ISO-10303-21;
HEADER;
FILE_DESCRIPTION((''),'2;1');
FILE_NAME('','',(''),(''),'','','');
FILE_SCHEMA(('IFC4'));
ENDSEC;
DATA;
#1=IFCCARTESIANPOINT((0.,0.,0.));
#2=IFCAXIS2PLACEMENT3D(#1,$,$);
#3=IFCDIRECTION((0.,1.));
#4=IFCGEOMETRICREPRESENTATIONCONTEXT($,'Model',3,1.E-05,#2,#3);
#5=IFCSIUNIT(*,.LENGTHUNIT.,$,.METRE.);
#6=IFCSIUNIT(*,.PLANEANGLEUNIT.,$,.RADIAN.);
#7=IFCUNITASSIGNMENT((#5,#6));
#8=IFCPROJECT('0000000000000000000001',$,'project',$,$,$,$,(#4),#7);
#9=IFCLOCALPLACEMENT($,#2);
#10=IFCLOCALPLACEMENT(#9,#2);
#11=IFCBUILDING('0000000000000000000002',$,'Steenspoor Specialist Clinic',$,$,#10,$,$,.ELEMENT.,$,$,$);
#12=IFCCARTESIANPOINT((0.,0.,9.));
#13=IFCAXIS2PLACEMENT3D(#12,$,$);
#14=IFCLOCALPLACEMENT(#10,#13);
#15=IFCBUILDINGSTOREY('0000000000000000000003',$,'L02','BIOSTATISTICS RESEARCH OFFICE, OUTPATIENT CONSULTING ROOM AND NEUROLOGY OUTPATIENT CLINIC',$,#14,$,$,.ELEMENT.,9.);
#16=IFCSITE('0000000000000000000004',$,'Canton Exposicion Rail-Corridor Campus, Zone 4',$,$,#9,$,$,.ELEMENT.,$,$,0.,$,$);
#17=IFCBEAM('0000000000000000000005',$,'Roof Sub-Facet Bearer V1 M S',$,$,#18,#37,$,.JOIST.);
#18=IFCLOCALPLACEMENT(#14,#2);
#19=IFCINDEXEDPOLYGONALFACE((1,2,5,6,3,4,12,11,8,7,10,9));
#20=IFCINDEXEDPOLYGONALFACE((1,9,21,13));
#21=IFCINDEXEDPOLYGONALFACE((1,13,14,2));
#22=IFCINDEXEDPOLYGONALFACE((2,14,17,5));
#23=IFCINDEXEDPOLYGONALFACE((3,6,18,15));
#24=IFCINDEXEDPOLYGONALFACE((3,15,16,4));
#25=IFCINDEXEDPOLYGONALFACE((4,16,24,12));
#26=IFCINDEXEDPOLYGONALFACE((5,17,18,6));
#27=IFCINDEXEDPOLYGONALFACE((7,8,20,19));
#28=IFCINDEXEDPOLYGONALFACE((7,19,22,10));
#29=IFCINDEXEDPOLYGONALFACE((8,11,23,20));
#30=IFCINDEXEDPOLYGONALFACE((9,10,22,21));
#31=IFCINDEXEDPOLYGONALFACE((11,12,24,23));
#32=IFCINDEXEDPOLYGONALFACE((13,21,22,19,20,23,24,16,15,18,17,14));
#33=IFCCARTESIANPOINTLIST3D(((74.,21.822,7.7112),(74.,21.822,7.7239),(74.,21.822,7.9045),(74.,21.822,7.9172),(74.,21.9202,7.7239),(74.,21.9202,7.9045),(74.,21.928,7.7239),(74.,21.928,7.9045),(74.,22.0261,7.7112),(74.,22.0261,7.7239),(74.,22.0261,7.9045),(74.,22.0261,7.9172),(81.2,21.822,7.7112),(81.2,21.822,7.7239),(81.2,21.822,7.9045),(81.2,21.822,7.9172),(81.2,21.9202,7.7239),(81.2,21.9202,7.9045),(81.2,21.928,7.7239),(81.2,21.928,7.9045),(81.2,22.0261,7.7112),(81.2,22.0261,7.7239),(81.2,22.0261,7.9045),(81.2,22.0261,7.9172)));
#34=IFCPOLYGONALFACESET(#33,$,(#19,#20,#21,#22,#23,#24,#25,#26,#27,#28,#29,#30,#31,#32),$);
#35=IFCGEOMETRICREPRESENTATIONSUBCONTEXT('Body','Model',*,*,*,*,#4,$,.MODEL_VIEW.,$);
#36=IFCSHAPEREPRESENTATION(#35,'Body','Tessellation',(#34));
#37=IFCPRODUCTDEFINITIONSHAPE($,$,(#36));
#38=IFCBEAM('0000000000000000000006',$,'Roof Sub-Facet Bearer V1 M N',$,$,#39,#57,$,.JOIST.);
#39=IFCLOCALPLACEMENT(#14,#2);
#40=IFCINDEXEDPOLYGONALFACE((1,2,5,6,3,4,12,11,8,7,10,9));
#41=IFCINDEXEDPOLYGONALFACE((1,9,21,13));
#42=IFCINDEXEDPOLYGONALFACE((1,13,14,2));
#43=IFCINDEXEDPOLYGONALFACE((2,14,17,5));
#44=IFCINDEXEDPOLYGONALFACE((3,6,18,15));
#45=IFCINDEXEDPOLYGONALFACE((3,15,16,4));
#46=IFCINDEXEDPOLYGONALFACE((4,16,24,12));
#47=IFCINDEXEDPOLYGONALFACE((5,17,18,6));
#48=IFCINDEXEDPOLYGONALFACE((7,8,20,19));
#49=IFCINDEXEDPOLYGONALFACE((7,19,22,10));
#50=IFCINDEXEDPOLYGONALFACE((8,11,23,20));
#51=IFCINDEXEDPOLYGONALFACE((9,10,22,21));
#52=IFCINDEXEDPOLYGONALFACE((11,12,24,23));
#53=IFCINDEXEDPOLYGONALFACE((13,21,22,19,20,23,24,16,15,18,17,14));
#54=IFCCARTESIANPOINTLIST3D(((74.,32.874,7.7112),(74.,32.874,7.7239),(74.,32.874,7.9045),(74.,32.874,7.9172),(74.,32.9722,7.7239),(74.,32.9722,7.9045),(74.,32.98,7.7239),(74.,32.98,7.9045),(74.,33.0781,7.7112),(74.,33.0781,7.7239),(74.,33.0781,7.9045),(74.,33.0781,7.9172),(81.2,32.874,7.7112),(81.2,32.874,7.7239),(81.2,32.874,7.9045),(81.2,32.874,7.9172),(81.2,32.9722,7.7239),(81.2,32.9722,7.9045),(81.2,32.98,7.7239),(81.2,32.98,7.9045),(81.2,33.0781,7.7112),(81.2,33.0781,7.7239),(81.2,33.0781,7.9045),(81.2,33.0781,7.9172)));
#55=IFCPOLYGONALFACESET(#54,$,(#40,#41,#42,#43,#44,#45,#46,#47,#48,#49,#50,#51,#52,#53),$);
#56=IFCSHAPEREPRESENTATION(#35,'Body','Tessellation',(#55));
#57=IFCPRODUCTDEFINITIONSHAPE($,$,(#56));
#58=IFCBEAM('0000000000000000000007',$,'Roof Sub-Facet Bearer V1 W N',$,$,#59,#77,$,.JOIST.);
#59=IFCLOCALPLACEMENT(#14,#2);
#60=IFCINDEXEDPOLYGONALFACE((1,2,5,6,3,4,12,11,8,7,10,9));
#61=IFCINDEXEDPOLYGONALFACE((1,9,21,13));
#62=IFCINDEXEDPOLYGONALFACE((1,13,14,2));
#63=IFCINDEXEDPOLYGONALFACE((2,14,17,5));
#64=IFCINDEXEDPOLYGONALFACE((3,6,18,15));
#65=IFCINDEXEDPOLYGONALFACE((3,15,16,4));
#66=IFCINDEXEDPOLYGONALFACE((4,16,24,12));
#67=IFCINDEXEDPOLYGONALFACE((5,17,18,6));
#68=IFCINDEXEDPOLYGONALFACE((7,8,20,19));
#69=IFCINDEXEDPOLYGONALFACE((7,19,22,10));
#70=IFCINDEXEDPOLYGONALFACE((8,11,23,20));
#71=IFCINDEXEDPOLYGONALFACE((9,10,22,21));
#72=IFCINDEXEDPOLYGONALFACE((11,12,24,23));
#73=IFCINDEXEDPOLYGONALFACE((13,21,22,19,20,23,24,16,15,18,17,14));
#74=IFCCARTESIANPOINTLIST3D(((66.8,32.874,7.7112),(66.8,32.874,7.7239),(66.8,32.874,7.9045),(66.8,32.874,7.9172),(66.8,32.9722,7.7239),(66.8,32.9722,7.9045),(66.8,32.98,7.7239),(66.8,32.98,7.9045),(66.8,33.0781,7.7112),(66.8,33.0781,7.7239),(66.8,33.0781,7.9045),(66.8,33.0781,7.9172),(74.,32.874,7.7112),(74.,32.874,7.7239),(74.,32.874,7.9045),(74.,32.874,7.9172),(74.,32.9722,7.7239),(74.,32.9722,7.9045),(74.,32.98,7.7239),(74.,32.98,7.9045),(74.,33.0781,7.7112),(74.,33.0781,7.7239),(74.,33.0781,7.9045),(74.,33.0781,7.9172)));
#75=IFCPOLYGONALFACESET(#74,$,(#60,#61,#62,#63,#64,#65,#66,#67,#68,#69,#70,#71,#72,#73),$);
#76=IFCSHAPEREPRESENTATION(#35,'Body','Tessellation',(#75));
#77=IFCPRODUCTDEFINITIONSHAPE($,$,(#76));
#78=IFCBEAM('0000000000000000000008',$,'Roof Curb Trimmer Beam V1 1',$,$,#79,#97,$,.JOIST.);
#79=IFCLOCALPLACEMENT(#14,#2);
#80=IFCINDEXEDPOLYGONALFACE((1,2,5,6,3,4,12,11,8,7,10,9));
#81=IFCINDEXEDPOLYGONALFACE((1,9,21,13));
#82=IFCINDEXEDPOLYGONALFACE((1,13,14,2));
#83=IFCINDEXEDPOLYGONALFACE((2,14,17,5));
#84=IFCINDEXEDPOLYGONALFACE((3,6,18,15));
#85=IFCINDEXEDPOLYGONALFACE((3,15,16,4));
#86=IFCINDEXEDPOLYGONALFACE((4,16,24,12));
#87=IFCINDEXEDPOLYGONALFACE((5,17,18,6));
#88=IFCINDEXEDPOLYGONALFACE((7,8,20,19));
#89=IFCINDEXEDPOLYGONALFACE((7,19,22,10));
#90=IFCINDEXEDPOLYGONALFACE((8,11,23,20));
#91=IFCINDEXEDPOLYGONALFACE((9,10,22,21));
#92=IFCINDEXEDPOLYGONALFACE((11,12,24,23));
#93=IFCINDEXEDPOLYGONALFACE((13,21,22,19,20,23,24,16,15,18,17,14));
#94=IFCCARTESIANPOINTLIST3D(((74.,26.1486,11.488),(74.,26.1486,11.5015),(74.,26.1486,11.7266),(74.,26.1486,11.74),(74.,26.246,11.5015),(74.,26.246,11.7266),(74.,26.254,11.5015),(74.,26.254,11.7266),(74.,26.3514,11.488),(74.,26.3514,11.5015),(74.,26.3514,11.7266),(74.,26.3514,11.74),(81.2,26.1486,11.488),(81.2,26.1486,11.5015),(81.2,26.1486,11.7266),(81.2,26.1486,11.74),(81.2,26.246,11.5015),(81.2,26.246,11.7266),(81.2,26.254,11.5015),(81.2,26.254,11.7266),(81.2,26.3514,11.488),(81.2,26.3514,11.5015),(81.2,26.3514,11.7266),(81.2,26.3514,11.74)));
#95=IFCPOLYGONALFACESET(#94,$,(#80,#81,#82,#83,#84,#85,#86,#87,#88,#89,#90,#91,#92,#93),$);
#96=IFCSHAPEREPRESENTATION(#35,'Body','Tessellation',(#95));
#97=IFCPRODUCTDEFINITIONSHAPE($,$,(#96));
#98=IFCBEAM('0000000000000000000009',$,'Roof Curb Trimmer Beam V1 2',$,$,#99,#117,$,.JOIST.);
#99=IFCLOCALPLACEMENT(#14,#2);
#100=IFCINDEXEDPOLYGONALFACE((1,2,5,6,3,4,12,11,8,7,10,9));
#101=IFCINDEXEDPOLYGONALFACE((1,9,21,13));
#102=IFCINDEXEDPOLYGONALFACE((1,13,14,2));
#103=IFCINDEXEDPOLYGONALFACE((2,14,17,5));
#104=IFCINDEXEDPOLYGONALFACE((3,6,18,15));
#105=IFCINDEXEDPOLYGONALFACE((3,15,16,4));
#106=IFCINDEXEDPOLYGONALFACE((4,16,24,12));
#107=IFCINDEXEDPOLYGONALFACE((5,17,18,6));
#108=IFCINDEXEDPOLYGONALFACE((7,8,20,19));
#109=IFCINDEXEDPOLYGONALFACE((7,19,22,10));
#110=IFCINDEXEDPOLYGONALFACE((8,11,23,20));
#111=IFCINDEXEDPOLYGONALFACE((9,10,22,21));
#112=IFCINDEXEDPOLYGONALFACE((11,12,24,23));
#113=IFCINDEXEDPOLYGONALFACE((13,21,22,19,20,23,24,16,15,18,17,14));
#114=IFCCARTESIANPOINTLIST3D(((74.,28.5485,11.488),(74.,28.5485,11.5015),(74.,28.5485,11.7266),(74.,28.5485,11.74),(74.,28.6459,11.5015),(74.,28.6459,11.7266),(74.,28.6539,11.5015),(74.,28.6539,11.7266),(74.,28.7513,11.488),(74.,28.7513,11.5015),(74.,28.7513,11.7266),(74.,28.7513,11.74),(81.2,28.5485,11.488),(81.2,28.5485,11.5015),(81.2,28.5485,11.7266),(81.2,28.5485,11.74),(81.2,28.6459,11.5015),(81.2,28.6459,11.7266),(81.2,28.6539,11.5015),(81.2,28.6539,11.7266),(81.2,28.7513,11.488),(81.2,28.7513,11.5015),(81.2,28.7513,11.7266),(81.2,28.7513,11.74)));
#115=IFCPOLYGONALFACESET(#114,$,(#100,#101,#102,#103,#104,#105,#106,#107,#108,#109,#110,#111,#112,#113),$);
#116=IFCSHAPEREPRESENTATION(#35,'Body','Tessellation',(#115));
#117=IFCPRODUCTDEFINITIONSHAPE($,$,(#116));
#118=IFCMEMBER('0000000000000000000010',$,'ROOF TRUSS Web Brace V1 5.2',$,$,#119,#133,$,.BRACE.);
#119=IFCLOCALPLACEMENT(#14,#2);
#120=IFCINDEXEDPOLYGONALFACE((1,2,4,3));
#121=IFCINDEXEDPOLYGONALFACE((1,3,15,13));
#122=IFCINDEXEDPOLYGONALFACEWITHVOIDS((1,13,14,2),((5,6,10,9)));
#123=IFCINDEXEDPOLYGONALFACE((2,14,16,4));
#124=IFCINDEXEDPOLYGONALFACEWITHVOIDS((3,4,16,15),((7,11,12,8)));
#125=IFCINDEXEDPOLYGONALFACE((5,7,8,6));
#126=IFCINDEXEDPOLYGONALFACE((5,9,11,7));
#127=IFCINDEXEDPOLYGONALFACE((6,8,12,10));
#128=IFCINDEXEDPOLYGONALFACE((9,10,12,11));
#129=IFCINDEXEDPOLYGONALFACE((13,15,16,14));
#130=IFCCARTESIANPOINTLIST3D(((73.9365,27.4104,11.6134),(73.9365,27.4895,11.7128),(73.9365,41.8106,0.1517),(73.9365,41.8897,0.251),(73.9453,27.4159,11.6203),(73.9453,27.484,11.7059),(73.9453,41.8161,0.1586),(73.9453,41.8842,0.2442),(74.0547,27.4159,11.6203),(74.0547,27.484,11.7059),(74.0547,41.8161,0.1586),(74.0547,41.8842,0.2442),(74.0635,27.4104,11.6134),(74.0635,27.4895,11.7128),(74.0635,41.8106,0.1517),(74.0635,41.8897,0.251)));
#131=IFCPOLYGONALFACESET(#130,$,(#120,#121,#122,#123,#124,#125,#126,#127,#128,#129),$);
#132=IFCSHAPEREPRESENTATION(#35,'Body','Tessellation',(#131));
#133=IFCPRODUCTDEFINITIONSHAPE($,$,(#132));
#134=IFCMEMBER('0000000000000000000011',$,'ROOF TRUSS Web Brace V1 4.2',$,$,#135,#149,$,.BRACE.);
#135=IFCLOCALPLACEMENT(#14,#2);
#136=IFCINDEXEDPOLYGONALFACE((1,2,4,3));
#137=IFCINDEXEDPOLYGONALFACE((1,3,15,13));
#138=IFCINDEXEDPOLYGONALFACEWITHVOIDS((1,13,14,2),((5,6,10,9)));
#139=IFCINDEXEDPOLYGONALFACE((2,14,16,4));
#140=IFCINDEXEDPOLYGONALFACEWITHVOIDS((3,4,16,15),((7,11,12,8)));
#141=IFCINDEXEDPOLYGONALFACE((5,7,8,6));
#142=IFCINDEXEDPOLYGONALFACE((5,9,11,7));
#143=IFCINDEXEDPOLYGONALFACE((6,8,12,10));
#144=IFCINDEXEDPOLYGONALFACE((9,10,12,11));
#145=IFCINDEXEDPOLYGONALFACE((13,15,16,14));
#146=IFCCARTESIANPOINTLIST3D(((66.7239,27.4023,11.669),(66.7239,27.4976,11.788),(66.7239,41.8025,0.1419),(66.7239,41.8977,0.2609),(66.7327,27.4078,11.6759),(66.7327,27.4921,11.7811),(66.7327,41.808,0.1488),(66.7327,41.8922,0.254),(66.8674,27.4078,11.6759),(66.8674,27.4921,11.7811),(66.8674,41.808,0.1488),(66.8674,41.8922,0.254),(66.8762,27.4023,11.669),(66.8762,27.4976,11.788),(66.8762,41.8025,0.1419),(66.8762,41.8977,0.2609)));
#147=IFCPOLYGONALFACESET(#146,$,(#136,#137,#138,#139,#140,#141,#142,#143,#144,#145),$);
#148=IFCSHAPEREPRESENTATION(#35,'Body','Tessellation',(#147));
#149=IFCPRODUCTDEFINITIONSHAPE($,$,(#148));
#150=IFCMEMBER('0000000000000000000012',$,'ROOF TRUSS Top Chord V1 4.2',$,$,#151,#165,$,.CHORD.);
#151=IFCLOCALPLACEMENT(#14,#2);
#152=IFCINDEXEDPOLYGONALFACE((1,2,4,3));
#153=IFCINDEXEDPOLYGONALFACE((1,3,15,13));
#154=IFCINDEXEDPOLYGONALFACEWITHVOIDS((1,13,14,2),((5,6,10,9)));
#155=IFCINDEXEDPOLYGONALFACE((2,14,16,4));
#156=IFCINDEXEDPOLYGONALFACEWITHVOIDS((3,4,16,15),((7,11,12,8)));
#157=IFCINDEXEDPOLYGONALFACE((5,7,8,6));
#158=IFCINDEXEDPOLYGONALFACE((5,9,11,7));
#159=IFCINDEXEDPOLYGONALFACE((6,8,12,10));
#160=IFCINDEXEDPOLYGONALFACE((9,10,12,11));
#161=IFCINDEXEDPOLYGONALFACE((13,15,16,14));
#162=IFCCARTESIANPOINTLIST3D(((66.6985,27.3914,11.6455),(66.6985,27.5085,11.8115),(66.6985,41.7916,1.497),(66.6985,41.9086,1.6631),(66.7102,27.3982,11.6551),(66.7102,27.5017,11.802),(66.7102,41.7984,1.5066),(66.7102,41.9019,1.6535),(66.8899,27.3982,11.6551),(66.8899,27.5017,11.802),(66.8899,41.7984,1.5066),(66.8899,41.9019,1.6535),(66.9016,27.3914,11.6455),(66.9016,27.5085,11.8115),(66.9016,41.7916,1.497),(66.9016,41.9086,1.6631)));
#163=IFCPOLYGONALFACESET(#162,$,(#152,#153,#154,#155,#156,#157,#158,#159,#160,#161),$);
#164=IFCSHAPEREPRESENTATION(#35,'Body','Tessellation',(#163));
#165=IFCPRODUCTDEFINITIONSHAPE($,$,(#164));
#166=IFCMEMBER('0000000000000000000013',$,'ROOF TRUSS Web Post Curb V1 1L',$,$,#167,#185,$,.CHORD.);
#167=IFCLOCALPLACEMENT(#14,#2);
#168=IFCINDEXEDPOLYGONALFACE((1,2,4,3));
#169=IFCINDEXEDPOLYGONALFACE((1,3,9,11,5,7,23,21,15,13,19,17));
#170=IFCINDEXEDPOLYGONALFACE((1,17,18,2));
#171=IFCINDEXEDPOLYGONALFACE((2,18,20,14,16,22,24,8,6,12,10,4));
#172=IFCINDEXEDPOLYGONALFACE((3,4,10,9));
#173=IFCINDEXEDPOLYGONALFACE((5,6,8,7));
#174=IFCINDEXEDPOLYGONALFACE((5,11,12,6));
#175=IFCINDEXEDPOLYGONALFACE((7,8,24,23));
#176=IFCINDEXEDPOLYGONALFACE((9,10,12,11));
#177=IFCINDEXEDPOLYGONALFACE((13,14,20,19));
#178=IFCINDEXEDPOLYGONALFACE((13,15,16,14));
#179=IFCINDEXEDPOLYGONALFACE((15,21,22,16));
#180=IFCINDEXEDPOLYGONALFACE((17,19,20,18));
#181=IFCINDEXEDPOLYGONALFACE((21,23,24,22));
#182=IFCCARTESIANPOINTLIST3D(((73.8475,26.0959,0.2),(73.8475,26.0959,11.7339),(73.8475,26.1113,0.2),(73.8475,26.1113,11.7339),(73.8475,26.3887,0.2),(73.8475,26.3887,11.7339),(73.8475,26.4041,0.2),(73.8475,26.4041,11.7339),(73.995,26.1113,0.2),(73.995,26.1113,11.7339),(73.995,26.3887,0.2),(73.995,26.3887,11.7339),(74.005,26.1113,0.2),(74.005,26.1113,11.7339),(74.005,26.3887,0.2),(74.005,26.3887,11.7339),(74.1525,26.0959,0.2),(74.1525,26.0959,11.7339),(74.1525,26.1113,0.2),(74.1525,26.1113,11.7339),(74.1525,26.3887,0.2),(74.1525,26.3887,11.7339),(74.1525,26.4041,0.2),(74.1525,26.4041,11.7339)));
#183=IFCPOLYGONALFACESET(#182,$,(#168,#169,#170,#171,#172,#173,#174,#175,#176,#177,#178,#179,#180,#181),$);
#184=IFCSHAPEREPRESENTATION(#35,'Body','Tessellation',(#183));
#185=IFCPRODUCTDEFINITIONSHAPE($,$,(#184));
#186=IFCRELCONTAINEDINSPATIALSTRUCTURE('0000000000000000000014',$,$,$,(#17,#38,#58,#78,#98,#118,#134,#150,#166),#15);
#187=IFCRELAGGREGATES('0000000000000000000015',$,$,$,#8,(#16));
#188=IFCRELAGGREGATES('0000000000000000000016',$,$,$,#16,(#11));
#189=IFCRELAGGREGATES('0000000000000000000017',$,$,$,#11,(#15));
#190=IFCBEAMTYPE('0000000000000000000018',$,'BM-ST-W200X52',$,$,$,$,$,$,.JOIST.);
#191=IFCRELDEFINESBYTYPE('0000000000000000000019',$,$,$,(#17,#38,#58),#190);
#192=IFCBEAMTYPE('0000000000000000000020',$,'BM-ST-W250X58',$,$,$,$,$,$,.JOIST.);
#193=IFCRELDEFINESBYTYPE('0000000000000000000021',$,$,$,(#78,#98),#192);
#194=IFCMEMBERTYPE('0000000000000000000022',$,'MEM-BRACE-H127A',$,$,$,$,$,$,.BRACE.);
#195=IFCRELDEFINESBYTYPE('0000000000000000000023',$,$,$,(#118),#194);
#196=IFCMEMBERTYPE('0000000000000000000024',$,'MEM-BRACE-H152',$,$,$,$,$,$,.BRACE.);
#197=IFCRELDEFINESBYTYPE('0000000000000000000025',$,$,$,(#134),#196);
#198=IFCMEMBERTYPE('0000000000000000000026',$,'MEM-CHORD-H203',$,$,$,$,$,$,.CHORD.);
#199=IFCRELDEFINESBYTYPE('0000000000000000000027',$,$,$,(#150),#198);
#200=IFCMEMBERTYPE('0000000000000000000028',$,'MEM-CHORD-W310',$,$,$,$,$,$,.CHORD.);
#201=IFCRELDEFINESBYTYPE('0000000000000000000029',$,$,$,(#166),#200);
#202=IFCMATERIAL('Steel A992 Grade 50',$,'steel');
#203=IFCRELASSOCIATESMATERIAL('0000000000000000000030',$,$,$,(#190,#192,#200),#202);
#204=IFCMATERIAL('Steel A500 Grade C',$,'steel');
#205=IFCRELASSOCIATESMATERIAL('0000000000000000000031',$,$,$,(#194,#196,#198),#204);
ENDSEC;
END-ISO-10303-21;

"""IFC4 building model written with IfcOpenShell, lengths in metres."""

from ifc_helpers import new_model, si_unit, direction, frame, origin, origin_2d, place, context, subcontext, project, spatial, hollow_rectangle, i_section, extrude, material, material_profile, profile_set, type_object, element, save


model = new_model("IFC4")

# Units and contexts
model_context = context("Model", 3, precision=1e-05, world=origin(), true_north=direction((0.0, 1.0)))
body_context = subcontext(model_context, "Body", "Model", "MODEL_VIEW")
ifc_project = project(units=[si_unit("LENGTHUNIT", "METRE"), si_unit("PLANEANGLEUNIT", "RADIAN")], contexts=[model_context])

# Site, building, storey
site_placement = place(None, origin())
site = spatial("IfcSite", under=ifc_project, at=site_placement, Name="Canton Exposicion Rail-Corridor Campus, Zone 4", CompositionType="ELEMENT", RefElevation=0.0)
building_placement = place(site_placement, origin())
building = spatial("IfcBuilding", under=site, at=building_placement, Name="Steenspoor Specialist Clinic", CompositionType="ELEMENT")
storey_placement = place(building_placement, frame((0.0, 0.0, 9.0)))
storey = spatial("IfcBuildingStorey", under=building, at=storey_placement, Name="L02", Description="BIOSTATISTICS RESEARCH OFFICE, OUTPATIENT CONSULTING ROOM AND NEUROLOGY OUTPATIENT CLINIC", CompositionType="ELEMENT", Elevation=9.0)

# Beams
ifc_material_1 = material(Name="Steel A992 Grade 50", Category="steel")
ifc_material_profile_1 = material_profile(ifc_material_1, i_section(OverallWidth=0.2041, OverallDepth=0.2061, WebThickness=0.0078, FlangeThickness=0.0127, at=origin_2d()), Name="W200X52")
ifc_profile_set_1 = profile_set([ifc_material_profile_1], Name="Steel A992 Grade 50")
beam_type_1 = type_object("IfcBeamType", Name="BM-ST-W200X52", PredefinedType="JOIST", material=ifc_profile_set_1)
for number, where, z_axis, x_axis, name in (
    (1, (74.0, 21.9241, 7.8142), (1.0, 0.0, 0.0), (0.0, 1.0, 0.0), "Roof Sub-Facet Bearer V1 M S"),
    (2, (74.0, 32.9761, 7.8142), (1.0, 0.0, 0.0), (0.0, 1.0, 0.0), "Roof Sub-Facet Bearer V1 M N"),
    (3, (66.8, 32.9761, 7.8142), (1.0, 0.0, 0.0), (0.0, 1.0, 0.0), "Roof Sub-Facet Bearer V1 W N"),
):
    element("IfcBeam", number, at=place(storey_placement, frame(where, z_axis=z_axis, x_axis=x_axis)), inside=storey, type_object=beam_type_1, Name=name, PredefinedType="JOIST", context=body_context, shape_type="SweptSolid", body=[
        extrude(i_section(OverallWidth=0.2041, OverallDepth=0.2061, WebThickness=0.0078, FlangeThickness=0.0127, at=origin_2d()), origin(), (0.0, 0.0, 1.0), 7.2),
    ])
ifc_material_profile_2 = material_profile(ifc_material_1, i_section(OverallWidth=0.2029, OverallDepth=0.252, WebThickness=0.0081, FlangeThickness=0.0134, at=origin_2d()), Name="W250X58")
ifc_profile_set_2 = profile_set([ifc_material_profile_2], Name="Steel A992 Grade 50")
beam_type_2 = type_object("IfcBeamType", Name="BM-ST-W250X58", PredefinedType="JOIST", material=ifc_profile_set_2)
for number, where, z_axis, x_axis, name in (
    (4, (74.0, 26.25, 11.614), (1.0, 0.0, 0.0), (0.0, 1.0, 0.0), "Roof Curb Trimmer Beam V1 1"),
    (5, (74.0, 28.6499, 11.614), (1.0, 0.0, 0.0), (0.0, 1.0, 0.0), "Roof Curb Trimmer Beam V1 2"),
):
    element("IfcBeam", number, at=place(storey_placement, frame(where, z_axis=z_axis, x_axis=x_axis)), inside=storey, type_object=beam_type_2, Name=name, PredefinedType="JOIST", context=body_context, shape_type="SweptSolid", body=[
        extrude(i_section(OverallWidth=0.2029, OverallDepth=0.252, WebThickness=0.0081, FlangeThickness=0.0134, at=origin_2d()), origin(), (0.0, 0.0, 1.0), 7.2),
    ])

# Members
ifc_material_2 = material(Name="Steel A500 Grade C", Category="steel")
ifc_material_profile_3 = material_profile(ifc_material_2, hollow_rectangle(XDim=0.127, YDim=0.127, WallThickness=0.0088, at=origin_2d()), Name="HSS127X127X9.5")
ifc_profile_set_3 = profile_set([ifc_material_profile_3], Name="Steel A500 Grade C")
member_type_1 = type_object("IfcMemberType", Name="MEM-BRACE-H127A", PredefinedType="BRACE", material=ifc_profile_set_3)
member_1_placement = place(storey_placement, frame((74.0, 27.45, 11.6631), z_axis=(0.0, 0.782416, -0.622757), x_axis=(-1.0, 0.0, 0.0)))
element("IfcMember", 6, at=member_1_placement, inside=storey, type_object=member_type_1, Name="ROOF TRUSS Web Brace V1 5.2", PredefinedType="BRACE", context=body_context, shape_type="SweptSolid", body=[
    extrude(hollow_rectangle(XDim=0.127, YDim=0.127, WallThickness=0.0088, at=origin_2d()), origin(), (0.0, 0.0, 1.0), 18.4048),
])
ifc_material_profile_4 = material_profile(ifc_material_2, hollow_rectangle(XDim=0.1523, YDim=0.1523, WallThickness=0.0088, at=origin_2d()), Name="HSS152X152X9.5")
ifc_profile_set_4 = profile_set([ifc_material_profile_4], Name="Steel A500 Grade C")
member_type_2 = type_object("IfcMemberType", Name="MEM-BRACE-H152", PredefinedType="BRACE", material=ifc_profile_set_4)
member_2_placement = place(storey_placement, frame((66.8, 27.45, 11.7285), z_axis=(0.0, 0.780684, -0.624926), x_axis=(-1.0, 0.0, 0.0)))
element("IfcMember", 7, at=member_2_placement, inside=storey, type_object=member_type_2, Name="ROOF TRUSS Web Brace V1 4.2", PredefinedType="BRACE", context=body_context, shape_type="SweptSolid", body=[
    extrude(hollow_rectangle(XDim=0.1523, YDim=0.1523, WallThickness=0.0088, at=origin_2d()), origin(), (0.0, 0.0, 1.0), 18.4456),
])
ifc_material_profile_5 = material_profile(ifc_material_2, hollow_rectangle(XDim=0.2031, YDim=0.2031, WallThickness=0.0117, at=origin_2d()), Name="HSS203X203X12.7")
ifc_profile_set_5 = profile_set([ifc_material_profile_5], Name="Steel A500 Grade C")
member_type_3 = type_object("IfcMemberType", Name="MEM-CHORD-H203", PredefinedType="CHORD", material=ifc_profile_set_5)
member_3_placement = place(storey_placement, frame((66.8, 27.45, 11.7285), z_axis=(0.0, 0.817405, -0.576063), x_axis=(-1.0, 0.0, 0.0)))
element("IfcMember", 8, at=member_3_placement, inside=storey, type_object=member_type_3, Name="ROOF TRUSS Top Chord V1 4.2", PredefinedType="CHORD", context=body_context, shape_type="SweptSolid", body=[
    extrude(hollow_rectangle(XDim=0.2031, YDim=0.2031, WallThickness=0.0117, at=origin_2d()), origin(), (0.0, 0.0, 1.0), 17.6169),
])
ifc_material_profile_6 = material_profile(ifc_material_1, i_section(OverallWidth=0.3049, OverallDepth=0.3081, WebThickness=0.01, FlangeThickness=0.0154, at=origin_2d()), Name="W310X97")
ifc_profile_set_6 = profile_set([ifc_material_profile_6], Name="Steel A992 Grade 50")
member_type_4 = type_object("IfcMemberType", Name="MEM-CHORD-W310", PredefinedType="CHORD", material=ifc_profile_set_6)
for number, where, z_axis, x_axis, name in (
    (9, (74.0, 26.25, 0.2), (0.0, 0.0, 1.0), (1.0, 0.0, 0.0), "ROOF TRUSS Web Post Curb V1 1L"),
):
    element("IfcMember", number, at=place(storey_placement, frame(where, z_axis=z_axis, x_axis=x_axis)), inside=storey, type_object=member_type_4, Name=name, PredefinedType="CHORD", context=body_context, shape_type="SweptSolid", body=[
        extrude(i_section(OverallWidth=0.3049, OverallDepth=0.3081, WebThickness=0.01, FlangeThickness=0.0154, at=origin_2d()), origin(), (0.0, 0.0, 1.0), 11.5339),
    ])

save(model, "model.ifc")
